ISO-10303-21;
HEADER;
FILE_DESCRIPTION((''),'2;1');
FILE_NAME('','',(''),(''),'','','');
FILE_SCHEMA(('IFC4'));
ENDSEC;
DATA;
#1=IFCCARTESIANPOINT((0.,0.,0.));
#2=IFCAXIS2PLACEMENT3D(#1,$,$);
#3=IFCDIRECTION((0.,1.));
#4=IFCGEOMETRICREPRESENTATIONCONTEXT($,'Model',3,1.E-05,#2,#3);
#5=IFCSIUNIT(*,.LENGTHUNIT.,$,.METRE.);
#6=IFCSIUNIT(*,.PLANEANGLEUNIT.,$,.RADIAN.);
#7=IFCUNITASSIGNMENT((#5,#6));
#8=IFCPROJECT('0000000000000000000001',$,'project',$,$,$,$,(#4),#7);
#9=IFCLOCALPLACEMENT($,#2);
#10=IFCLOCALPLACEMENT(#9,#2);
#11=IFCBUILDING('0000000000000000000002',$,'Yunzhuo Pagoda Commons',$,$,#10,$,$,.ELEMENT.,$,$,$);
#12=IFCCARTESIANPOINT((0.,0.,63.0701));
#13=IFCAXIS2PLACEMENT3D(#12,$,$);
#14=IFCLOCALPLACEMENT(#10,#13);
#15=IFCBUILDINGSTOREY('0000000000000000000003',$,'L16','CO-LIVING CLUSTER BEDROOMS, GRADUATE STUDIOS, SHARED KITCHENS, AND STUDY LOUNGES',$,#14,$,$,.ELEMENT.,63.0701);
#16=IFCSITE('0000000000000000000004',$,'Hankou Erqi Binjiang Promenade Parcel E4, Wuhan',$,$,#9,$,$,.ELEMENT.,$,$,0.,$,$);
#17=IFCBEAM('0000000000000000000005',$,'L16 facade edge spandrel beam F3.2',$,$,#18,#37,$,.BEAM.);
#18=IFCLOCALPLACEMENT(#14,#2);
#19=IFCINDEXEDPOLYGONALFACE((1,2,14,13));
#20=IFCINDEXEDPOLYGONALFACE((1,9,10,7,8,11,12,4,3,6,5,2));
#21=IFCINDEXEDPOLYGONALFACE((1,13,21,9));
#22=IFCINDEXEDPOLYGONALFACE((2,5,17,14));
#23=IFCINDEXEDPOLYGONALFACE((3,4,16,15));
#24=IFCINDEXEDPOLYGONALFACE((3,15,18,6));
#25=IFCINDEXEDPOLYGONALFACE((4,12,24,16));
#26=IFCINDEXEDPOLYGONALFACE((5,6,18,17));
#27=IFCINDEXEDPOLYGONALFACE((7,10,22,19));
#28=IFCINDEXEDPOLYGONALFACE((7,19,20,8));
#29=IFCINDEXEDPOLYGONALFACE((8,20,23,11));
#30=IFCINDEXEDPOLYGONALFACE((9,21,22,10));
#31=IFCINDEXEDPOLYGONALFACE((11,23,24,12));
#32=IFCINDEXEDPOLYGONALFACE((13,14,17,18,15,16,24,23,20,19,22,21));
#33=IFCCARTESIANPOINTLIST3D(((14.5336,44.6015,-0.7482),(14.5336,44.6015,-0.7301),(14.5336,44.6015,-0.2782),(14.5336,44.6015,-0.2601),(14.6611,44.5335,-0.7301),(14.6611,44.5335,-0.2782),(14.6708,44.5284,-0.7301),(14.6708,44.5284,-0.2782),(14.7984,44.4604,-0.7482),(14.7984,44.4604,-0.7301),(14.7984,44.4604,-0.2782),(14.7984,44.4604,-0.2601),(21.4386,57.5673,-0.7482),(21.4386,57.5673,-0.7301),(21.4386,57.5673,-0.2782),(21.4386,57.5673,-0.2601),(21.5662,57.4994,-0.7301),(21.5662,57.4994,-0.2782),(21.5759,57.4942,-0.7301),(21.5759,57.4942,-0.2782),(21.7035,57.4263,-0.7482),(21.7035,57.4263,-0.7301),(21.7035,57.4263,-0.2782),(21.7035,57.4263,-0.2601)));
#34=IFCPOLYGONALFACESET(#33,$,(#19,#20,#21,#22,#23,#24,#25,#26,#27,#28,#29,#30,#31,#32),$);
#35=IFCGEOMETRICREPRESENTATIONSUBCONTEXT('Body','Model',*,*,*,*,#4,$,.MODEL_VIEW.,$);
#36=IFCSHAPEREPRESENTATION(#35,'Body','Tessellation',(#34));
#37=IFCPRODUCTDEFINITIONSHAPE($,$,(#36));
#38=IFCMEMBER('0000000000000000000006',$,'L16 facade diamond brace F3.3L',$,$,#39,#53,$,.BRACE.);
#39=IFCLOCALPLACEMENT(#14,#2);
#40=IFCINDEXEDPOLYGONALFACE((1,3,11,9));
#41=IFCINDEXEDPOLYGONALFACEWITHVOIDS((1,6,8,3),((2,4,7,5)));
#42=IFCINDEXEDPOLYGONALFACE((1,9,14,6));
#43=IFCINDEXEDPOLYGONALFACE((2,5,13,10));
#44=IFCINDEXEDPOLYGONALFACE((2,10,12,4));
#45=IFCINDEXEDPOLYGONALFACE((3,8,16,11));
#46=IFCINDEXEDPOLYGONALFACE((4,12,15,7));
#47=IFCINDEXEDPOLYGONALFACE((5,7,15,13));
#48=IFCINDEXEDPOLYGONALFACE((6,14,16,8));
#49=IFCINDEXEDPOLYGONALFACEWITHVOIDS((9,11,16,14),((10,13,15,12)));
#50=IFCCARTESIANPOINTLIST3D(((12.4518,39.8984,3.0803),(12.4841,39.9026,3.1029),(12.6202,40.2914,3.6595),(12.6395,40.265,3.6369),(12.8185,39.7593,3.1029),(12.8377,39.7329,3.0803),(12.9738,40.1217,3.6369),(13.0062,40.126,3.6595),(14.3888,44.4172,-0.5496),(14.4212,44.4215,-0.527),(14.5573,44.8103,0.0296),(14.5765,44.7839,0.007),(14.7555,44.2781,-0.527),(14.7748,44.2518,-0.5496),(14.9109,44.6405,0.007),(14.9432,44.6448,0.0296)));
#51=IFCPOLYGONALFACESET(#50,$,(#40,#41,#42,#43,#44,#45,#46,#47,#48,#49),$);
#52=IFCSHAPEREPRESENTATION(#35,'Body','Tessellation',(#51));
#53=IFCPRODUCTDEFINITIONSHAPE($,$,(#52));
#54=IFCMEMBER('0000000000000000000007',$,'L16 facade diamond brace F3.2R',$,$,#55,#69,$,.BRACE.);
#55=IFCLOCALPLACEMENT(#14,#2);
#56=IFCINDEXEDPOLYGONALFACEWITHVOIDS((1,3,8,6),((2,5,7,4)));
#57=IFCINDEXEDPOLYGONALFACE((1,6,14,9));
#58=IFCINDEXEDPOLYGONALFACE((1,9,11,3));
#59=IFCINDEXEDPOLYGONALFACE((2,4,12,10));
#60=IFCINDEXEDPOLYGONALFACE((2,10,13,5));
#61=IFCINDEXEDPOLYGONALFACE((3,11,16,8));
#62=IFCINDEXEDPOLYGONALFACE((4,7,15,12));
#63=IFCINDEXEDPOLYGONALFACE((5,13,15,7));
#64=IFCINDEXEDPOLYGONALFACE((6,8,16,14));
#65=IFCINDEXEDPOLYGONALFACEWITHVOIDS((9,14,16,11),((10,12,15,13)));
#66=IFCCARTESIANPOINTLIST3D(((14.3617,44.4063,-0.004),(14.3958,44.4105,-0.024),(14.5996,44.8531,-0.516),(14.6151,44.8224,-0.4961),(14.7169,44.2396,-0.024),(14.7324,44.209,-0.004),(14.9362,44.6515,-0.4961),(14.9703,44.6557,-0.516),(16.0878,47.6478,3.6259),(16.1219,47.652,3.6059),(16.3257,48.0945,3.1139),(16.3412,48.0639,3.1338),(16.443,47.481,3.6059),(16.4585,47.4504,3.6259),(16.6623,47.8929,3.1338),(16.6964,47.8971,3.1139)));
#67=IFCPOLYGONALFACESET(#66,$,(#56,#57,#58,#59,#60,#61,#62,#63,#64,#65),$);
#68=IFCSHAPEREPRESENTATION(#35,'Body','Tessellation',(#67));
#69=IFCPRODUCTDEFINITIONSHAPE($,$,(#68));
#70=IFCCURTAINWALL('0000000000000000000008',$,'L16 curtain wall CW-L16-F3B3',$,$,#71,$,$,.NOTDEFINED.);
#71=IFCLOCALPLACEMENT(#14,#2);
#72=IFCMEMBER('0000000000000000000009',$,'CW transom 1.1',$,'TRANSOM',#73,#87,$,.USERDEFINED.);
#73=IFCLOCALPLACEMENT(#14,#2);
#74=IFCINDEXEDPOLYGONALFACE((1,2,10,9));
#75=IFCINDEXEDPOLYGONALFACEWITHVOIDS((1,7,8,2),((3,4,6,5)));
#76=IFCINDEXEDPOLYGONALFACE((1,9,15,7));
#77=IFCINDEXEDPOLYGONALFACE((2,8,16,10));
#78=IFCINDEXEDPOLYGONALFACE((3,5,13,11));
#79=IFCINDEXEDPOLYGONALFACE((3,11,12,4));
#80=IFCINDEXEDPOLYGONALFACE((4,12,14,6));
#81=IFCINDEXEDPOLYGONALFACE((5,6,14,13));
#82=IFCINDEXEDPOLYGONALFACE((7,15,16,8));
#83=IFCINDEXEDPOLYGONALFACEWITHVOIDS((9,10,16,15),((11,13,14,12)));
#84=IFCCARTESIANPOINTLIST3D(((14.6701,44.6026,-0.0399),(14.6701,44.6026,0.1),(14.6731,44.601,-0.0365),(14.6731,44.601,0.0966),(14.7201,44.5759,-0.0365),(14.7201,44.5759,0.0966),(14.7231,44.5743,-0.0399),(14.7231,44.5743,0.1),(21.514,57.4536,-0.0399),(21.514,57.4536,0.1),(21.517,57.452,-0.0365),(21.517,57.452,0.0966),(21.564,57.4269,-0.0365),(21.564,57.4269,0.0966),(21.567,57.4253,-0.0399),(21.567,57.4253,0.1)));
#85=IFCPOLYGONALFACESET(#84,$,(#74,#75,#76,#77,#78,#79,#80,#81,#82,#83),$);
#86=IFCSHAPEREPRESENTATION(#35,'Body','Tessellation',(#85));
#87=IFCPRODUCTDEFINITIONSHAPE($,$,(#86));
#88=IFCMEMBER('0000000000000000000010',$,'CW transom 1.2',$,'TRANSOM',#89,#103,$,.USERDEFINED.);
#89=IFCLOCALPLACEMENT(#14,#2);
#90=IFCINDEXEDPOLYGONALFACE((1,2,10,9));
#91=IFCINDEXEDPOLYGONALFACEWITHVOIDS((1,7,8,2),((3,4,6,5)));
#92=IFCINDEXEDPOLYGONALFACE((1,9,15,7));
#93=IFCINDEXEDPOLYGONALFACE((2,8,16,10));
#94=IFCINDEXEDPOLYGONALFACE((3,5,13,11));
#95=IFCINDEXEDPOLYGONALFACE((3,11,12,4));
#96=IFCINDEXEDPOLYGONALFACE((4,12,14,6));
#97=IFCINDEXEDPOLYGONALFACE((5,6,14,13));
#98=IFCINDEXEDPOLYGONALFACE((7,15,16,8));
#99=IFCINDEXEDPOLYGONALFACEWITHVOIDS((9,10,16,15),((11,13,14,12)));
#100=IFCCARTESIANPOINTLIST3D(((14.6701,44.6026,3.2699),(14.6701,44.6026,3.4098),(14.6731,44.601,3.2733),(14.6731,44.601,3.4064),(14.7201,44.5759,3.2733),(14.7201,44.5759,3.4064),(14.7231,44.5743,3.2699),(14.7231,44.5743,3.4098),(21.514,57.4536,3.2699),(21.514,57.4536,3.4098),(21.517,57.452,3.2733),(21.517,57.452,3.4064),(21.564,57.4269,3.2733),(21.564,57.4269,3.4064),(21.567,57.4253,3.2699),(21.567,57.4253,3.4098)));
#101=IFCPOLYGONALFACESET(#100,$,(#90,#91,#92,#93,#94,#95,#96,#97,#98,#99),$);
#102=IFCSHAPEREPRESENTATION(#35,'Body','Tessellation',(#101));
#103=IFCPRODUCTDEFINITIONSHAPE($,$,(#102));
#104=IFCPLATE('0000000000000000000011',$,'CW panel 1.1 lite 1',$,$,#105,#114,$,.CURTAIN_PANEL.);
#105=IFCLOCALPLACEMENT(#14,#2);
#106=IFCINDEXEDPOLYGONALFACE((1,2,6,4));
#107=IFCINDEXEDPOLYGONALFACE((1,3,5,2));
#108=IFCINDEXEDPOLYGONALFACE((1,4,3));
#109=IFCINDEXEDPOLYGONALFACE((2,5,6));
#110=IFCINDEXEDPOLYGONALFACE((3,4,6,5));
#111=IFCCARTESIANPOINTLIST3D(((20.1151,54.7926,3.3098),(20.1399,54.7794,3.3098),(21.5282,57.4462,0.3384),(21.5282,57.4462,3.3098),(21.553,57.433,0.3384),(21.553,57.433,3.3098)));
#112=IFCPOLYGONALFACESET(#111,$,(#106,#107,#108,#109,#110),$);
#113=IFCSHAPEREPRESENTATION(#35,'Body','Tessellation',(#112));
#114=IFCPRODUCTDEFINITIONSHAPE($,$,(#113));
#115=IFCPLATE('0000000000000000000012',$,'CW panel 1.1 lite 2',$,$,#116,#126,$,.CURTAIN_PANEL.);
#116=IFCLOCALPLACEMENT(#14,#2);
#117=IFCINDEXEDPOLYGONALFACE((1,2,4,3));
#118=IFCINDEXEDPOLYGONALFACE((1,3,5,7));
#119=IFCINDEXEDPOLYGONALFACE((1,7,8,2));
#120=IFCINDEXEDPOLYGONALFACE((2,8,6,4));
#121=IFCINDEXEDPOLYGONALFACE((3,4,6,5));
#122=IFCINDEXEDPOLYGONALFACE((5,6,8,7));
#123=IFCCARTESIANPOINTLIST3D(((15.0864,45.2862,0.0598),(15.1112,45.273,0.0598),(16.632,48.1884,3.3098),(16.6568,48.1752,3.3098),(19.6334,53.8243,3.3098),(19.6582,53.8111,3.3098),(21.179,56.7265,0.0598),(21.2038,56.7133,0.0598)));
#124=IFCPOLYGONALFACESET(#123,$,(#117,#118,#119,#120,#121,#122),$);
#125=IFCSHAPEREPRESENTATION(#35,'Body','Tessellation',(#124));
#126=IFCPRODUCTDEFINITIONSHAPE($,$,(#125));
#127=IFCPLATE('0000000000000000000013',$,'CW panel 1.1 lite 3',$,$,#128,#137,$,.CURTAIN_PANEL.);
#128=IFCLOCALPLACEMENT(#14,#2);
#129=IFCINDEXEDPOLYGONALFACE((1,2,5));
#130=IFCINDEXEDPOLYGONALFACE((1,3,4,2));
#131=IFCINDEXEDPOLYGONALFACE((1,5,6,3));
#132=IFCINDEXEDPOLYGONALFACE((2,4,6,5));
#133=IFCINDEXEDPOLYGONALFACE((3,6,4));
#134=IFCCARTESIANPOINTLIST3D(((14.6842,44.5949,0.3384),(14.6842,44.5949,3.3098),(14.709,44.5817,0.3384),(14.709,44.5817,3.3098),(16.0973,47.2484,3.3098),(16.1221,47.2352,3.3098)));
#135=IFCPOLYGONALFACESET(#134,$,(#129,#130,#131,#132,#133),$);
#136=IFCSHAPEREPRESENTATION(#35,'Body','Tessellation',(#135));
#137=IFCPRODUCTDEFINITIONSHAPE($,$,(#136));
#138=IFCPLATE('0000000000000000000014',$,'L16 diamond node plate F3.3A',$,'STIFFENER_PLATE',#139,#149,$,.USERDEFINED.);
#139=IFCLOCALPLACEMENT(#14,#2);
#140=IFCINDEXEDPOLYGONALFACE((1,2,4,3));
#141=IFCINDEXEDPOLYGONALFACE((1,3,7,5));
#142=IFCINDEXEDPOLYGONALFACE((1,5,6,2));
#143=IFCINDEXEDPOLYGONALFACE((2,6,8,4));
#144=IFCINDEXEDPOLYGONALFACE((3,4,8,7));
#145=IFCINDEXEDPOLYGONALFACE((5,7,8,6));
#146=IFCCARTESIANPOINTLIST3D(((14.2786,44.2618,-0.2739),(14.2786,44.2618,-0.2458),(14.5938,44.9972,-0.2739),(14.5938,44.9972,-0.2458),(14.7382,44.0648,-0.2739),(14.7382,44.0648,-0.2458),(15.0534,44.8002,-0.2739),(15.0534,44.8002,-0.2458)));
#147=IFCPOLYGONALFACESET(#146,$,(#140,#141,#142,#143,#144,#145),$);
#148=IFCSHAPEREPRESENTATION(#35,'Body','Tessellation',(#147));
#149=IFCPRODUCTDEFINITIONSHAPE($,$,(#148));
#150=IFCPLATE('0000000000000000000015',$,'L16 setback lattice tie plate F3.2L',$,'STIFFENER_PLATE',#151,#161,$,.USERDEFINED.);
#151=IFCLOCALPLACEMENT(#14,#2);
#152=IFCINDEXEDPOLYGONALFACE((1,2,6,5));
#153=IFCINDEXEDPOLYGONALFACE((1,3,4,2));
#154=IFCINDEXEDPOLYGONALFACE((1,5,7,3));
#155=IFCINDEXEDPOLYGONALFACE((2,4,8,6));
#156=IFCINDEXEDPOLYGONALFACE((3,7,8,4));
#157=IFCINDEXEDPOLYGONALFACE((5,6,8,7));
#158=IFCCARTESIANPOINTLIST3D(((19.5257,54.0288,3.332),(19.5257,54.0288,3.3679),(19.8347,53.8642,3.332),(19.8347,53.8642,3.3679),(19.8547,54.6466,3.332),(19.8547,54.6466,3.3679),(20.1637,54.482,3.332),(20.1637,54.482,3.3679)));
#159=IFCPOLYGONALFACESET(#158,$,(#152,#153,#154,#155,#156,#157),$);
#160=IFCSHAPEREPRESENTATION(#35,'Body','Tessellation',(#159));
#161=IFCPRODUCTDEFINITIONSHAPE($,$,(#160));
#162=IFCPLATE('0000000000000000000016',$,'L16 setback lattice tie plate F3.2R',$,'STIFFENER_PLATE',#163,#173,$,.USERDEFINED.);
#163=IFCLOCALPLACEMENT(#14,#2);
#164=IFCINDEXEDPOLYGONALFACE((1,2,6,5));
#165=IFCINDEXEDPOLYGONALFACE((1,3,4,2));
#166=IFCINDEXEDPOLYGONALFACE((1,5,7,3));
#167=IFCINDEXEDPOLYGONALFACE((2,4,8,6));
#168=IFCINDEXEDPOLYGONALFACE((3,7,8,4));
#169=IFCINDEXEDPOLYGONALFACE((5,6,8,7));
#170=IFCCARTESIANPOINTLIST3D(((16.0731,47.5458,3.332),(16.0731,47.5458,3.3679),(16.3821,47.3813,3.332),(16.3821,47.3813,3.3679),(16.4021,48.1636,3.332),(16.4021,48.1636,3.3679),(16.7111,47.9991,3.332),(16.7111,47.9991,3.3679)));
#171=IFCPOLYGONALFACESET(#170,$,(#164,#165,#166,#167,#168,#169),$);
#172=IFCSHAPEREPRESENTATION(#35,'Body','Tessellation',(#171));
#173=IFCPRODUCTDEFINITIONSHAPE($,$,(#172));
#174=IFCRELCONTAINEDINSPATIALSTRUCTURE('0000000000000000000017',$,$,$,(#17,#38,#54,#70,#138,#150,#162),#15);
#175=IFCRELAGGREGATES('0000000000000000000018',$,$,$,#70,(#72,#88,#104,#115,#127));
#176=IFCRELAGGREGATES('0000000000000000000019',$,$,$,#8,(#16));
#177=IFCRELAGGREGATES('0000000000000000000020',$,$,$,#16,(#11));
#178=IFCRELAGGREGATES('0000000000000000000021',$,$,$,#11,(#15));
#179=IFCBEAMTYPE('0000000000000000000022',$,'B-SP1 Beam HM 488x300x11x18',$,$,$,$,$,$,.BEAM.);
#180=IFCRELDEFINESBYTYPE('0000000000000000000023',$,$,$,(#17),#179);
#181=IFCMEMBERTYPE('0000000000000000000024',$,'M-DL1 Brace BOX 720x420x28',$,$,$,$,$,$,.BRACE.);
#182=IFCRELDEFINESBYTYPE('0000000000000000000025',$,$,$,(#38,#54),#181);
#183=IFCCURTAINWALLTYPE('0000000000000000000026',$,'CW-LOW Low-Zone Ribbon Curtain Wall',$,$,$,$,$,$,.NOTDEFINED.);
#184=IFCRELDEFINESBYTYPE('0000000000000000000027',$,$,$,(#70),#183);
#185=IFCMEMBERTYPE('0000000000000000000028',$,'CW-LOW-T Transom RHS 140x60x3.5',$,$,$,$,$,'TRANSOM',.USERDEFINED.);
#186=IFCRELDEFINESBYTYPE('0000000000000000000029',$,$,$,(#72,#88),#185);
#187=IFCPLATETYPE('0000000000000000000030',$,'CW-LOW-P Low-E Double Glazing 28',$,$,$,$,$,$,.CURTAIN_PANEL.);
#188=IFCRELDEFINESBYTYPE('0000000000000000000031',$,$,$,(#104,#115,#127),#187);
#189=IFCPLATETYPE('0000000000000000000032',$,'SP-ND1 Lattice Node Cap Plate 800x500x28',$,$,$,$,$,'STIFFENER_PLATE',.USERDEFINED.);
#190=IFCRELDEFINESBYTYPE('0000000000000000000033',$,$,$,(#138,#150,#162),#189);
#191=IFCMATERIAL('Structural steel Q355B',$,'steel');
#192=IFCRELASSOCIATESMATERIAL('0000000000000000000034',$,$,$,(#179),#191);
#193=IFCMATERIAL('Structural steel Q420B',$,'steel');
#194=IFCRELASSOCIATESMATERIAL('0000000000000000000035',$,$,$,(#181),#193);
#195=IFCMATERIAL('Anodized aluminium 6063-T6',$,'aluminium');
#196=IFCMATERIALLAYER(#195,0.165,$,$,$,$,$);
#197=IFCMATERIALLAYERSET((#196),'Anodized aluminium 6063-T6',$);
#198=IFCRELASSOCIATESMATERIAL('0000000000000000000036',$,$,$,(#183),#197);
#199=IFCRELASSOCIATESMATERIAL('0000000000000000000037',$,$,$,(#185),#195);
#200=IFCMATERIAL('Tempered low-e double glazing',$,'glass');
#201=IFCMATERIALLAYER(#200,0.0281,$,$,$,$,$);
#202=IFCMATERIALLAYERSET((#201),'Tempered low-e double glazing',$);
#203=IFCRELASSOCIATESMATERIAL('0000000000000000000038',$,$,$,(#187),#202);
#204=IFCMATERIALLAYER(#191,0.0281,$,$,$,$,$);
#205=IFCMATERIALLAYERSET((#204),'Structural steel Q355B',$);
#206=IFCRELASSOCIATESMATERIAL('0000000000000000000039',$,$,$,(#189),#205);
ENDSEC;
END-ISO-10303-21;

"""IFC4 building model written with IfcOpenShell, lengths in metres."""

from ifc_helpers import new_model, si_unit, direction, frame, origin, origin_2d, place, context, subcontext, project, spatial, polyline, rectangle, hollow_rectangle, i_section, outline, extrude, source, transform, mapped, material, layer, layer_set, material_profile, profile_set, type_object, element, aggregate, save


model = new_model("IFC4")

# Units and contexts
model_context = context("Model", 3, precision=1e-05, world=origin(), true_north=direction((0.0, 1.0)))
body_context = subcontext(model_context, "Body", "Model", "MODEL_VIEW")
ifc_project = project(units=[si_unit("LENGTHUNIT", "METRE"), si_unit("PLANEANGLEUNIT", "RADIAN")], contexts=[model_context])

# Site, building, storey
site_placement = place(None, origin())
site = spatial("IfcSite", under=ifc_project, at=site_placement, Name="Hankou Erqi Binjiang Promenade Parcel E4, Wuhan", CompositionType="ELEMENT", RefElevation=0.0)
building_placement = place(site_placement, origin())
building = spatial("IfcBuilding", under=site, at=building_placement, Name="Yunzhuo Pagoda Commons", CompositionType="ELEMENT")
storey_placement = place(building_placement, frame((0.0, 0.0, 63.0701)))
storey = spatial("IfcBuildingStorey", under=building, at=storey_placement, Name="L16", Description="CO-LIVING CLUSTER BEDROOMS, GRADUATE STUDIOS, SHARED KITCHENS, AND STUDY LOUNGES", CompositionType="ELEMENT", Elevation=63.0701)

# Shared definitions
ifc_material_1 = material(Name="Structural steel Q420B", Category="steel")

# Beam
ifc_material_2 = material(Name="Structural steel Q355B", Category="steel")
ifc_material_profile_1 = material_profile(ifc_material_2, i_section(OverallWidth=0.3, OverallDepth=0.488, WebThickness=0.011, FlangeThickness=0.0181, at=origin_2d()), Name="Structural steel Q355B")
ifc_profile_set_1 = profile_set([ifc_material_profile_1], Name="Structural steel Q355B")
beam_type_1 = type_object("IfcBeamType", Name="B-SP1 Beam HM 488x300x11x18", PredefinedType="BEAM", material=ifc_profile_set_1)
shared_shape_1 = source(origin(), body_context, "Body", "SweptSolid", [
    extrude(i_section(OverallWidth=0.3, OverallDepth=0.488, WebThickness=0.011, FlangeThickness=0.0181, at=origin_2d()), origin(), (0.0, 0.0, 1.0), 14.6899),
])
beam_1_placement = place(storey_placement, frame((21.571, 57.4968, -0.5042), z_axis=(-0.470054, -0.882638, 0.0), x_axis=(0.882638, -0.470054, 0.0)))
element("IfcBeam", 1, at=beam_1_placement, inside=storey, type_object=beam_type_1, Name="L16 facade edge spandrel beam F3.2", PredefinedType="BEAM", context=body_context, shape_type="MappedRepresentation", body=[
    mapped(shared_shape_1, transform((0.0, 0.0, 0.0), scale=1.0)),
])

# Members
ifc_material_profile_2 = material_profile(ifc_material_1, hollow_rectangle(XDim=0.4199, YDim=0.72, WallThickness=0.0281, at=origin_2d()), Name="Structural steel Q420B")
ifc_profile_set_2 = profile_set([ifc_material_profile_2], Name="Structural steel Q420B")
member_type_1 = type_object("IfcMemberType", Name="M-DL1 Brace BOX 720x420x28", PredefinedType="BRACE", material=ifc_profile_set_2)
shared_shape_2 = source(origin(), body_context, "Body", "SweptSolid", [
    extrude(hollow_rectangle(XDim=0.4199, YDim=0.72, WallThickness=0.0281, at=origin_2d()), origin(), (0.0, 0.0, 1.0), 6.1113),
])
member_1_placement = place(storey_placement, frame((14.666, 44.531, -0.26), z_axis=(-0.316957, -0.739421, 0.593965), x_axis=(0.919117, -0.393985, 0.0)))
element("IfcMember", 2, at=member_1_placement, inside=storey, type_object=member_type_1, Name="L16 facade diamond brace F3.3L", PredefinedType="BRACE", context=body_context, shape_type="MappedRepresentation", body=[
    mapped(shared_shape_2, transform((0.0, 0.0, 0.0), scale=1.0)),
])
shared_shape_3 = source(origin(), body_context, "Body", "SweptSolid", [
    extrude(hollow_rectangle(XDim=0.4199, YDim=0.72, WallThickness=0.0281, at=origin_2d()), origin(), (0.0, 0.0, 1.0), 5.1636),
])
member_2_placement = place(storey_placement, frame((14.666, 44.531, -0.26), z_axis=(0.33428, 0.627755, 0.70298), x_axis=(-0.882658, 0.470015, 0.0)))
element("IfcMember", 3, at=member_2_placement, inside=storey, type_object=member_type_1, Name="L16 facade diamond brace F3.2R", PredefinedType="BRACE", context=body_context, shape_type="MappedRepresentation", body=[
    mapped(shared_shape_3, transform((0.0, 0.0, 0.0), scale=1.0)),
])

# Curtain wall, members, plates
ifc_material_3 = material(Name="Anodized aluminium 6063-T6", Category="aluminium")
ifc_layer_1 = layer(ifc_material_3, 0.165)
ifc_layer_set_1 = layer_set([ifc_layer_1], Name="Anodized aluminium 6063-T6")
curtain_wall_type = type_object("IfcCurtainWallType", Name="CW-LOW Low-Zone Ribbon Curtain Wall", PredefinedType="NOTDEFINED", material=ifc_layer_set_1)
curtain_wall_placement = place(storey_placement, origin())
curtain_wall = element("IfcCurtainWall", 4, at=curtain_wall_placement, inside=storey, type_object=curtain_wall_type, Name="L16 curtain wall CW-L16-F3B3", PredefinedType="NOTDEFINED")
ifc_material_profile_3 = material_profile(ifc_material_3, hollow_rectangle(XDim=0.0601, YDim=0.1399, WallThickness=0.0034, at=origin_2d()), Name="Anodized aluminium 6063-T6")
ifc_profile_set_3 = profile_set([ifc_material_profile_3], Name="Anodized aluminium 6063-T6")
member_type_2 = type_object("IfcMemberType", Name="CW-LOW-T Transom RHS 140x60x3.5", ElementType="TRANSOM", PredefinedType="USERDEFINED", material=ifc_profile_set_3)
shared_shape_4 = source(origin(), body_context, "Body", "SweptSolid", [
    extrude(hollow_rectangle(XDim=0.0601, YDim=0.1399, WallThickness=0.0034, at=origin_2d()), origin(), (0.0, 0.0, 1.0), 14.5598),
])
member_3_placement = place(storey_placement, frame((21.5405, 57.4395, 0.03), z_axis=(-0.470058, -0.882635, 0.0), x_axis=(0.882635, -0.470058, 0.0)))
member_3 = element("IfcMember", 5, at=member_3_placement, type_object=member_type_2, Name="CW transom 1.1", ObjectType="TRANSOM", PredefinedType="USERDEFINED", context=body_context, shape_type="MappedRepresentation", body=[
    mapped(shared_shape_4, transform((0.0, 0.0, 0.0), scale=1.0)),
])
member_4_placement = place(storey_placement, frame((21.5405, 57.4395, 3.3398), z_axis=(-0.470058, -0.882635, 0.0), x_axis=(0.882635, -0.470058, 0.0)))
member_4 = element("IfcMember", 6, at=member_4_placement, type_object=member_type_2, Name="CW transom 1.2", ObjectType="TRANSOM", PredefinedType="USERDEFINED", context=body_context, shape_type="MappedRepresentation", body=[
    mapped(shared_shape_4, transform((0.0, 0.0, 0.0), scale=1.0)),
])
ifc_material_4 = material(Name="Tempered low-e double glazing", Category="glass")
ifc_layer_2 = layer(ifc_material_4, 0.0281)
ifc_layer_set_2 = layer_set([ifc_layer_2], Name="Tempered low-e double glazing")
plate_type_1 = type_object("IfcPlateType", Name="CW-LOW-P Low-E Double Glazing 28", PredefinedType="CURTAIN_PANEL", material=ifc_layer_set_2)
plate_1_placement = place(storey_placement, frame((20.8464, 56.1062, 1.8242), z_axis=(-0.882637, 0.470056, 0.0), x_axis=(-0.470056, -0.882637, 0.0)))
plate_1 = element("IfcPlate", 7, at=plate_1_placement, type_object=plate_type_1, Name="CW panel 1.1 lite 1", PredefinedType="CURTAIN_PANEL", context=body_context, shape_type="SweptSolid", body=[
    extrude(outline(polyline([(-1.5032, -1.4858), (1.5032, 1.4856), (-1.5032, 1.4856), (-1.5032, -1.4858)])), origin(), (0.0, 0.0, 1.0), 0.0281),
])
plate_2_placement = place(storey_placement, frame((18.1575, 50.9932, 1.6848), z_axis=(-0.882637, 0.470056, 0.0), x_axis=(-0.470056, -0.882637, 0.0)))
plate_2 = element("IfcPlate", 8, at=plate_2_placement, type_object=plate_type_1, Name="CW panel 1.1 lite 2", PredefinedType="CURTAIN_PANEL", context=body_context, shape_type="SweptSolid", body=[
    extrude(outline(polyline([(-6.4807, -1.625), (6.4807, -1.625), (3.1926, 1.625), (-3.1926, 1.625), (-6.4807, -1.625)])), origin(), (0.0, 0.0, 1.0), 0.0281),
])
plate_3_placement = place(storey_placement, frame((15.4155, 45.9084, 1.8242), z_axis=(-0.882637, 0.470056, 0.0), x_axis=(-0.470056, -0.882637, 0.0)))
plate_3 = element("IfcPlate", 9, at=plate_3_placement, type_object=plate_type_1, Name="CW panel 1.1 lite 3", PredefinedType="CURTAIN_PANEL", context=body_context, shape_type="SweptSolid", body=[
    extrude(outline(polyline([(-1.5032, 1.4856), (1.5032, -1.4858), (1.5032, 1.4856), (-1.5032, 1.4856)])), origin(), (0.0, 0.0, 1.0), 0.0281),
])
aggregate(curtain_wall, [member_3, member_4, plate_1, plate_2, plate_3])

# Plates
ifc_layer_3 = layer(ifc_material_2, 0.0281)
ifc_layer_set_3 = layer_set([ifc_layer_3], Name="Structural steel Q355B")
plate_type_2 = type_object("IfcPlateType", Name="SP-ND1 Lattice Node Cap Plate 800x500x28", ElementType="STIFFENER_PLATE", PredefinedType="USERDEFINED", material=ifc_layer_set_3)
shared_shape_5 = source(origin(), body_context, "Body", "SweptSolid", [
    extrude(rectangle(XDim=0.8, YDim=0.5, at=origin_2d()), origin(), (0.0, 0.0, 1.0), 0.0281),
])
plate_4_placement = place(storey_placement, frame((14.666, 44.531, -0.2739), z_axis=(0.0, 0.0, 1.0), x_axis=(-0.393974, -0.919122, 0.0)))
element("IfcPlate", 10, at=plate_4_placement, inside=storey, type_object=plate_type_2, Name="L16 diamond node plate F3.3A", ObjectType="STIFFENER_PLATE", PredefinedType="USERDEFINED", context=body_context, shape_type="MappedRepresentation", body=[
    mapped(shared_shape_5, transform((0.0, 0.0, 0.0), scale=1.0)),
])
shared_shape_6 = source(origin(), body_context, "Body", "SweptSolid", [
    extrude(rectangle(XDim=0.7, YDim=0.3501, at=origin_2d()), origin(), (0.0, 0.0, 1.0), 0.0359),
])
for number, where, z_axis, x_axis, name in (
    (11, (19.8447, 54.2554, 3.332), (0.0, 0.0, 1.0), (-0.470057, -0.882636, 0.0), "L16 setback lattice tie plate F3.2L"),
    (12, (16.3921, 47.7725, 3.332), (0.0, 0.0, 1.0), (-0.470057, -0.882636, 0.0), "L16 setback lattice tie plate F3.2R"),
):
    element("IfcPlate", number, at=place(storey_placement, frame(where, z_axis=z_axis, x_axis=x_axis)), inside=storey, type_object=plate_type_2, Name=name, ObjectType="STIFFENER_PLATE", PredefinedType="USERDEFINED", context=body_context, shape_type="MappedRepresentation", body=[
        mapped(shared_shape_6, transform((0.0, 0.0, 0.0), scale=1.0)),
    ])

save(model, "model.ifc")
